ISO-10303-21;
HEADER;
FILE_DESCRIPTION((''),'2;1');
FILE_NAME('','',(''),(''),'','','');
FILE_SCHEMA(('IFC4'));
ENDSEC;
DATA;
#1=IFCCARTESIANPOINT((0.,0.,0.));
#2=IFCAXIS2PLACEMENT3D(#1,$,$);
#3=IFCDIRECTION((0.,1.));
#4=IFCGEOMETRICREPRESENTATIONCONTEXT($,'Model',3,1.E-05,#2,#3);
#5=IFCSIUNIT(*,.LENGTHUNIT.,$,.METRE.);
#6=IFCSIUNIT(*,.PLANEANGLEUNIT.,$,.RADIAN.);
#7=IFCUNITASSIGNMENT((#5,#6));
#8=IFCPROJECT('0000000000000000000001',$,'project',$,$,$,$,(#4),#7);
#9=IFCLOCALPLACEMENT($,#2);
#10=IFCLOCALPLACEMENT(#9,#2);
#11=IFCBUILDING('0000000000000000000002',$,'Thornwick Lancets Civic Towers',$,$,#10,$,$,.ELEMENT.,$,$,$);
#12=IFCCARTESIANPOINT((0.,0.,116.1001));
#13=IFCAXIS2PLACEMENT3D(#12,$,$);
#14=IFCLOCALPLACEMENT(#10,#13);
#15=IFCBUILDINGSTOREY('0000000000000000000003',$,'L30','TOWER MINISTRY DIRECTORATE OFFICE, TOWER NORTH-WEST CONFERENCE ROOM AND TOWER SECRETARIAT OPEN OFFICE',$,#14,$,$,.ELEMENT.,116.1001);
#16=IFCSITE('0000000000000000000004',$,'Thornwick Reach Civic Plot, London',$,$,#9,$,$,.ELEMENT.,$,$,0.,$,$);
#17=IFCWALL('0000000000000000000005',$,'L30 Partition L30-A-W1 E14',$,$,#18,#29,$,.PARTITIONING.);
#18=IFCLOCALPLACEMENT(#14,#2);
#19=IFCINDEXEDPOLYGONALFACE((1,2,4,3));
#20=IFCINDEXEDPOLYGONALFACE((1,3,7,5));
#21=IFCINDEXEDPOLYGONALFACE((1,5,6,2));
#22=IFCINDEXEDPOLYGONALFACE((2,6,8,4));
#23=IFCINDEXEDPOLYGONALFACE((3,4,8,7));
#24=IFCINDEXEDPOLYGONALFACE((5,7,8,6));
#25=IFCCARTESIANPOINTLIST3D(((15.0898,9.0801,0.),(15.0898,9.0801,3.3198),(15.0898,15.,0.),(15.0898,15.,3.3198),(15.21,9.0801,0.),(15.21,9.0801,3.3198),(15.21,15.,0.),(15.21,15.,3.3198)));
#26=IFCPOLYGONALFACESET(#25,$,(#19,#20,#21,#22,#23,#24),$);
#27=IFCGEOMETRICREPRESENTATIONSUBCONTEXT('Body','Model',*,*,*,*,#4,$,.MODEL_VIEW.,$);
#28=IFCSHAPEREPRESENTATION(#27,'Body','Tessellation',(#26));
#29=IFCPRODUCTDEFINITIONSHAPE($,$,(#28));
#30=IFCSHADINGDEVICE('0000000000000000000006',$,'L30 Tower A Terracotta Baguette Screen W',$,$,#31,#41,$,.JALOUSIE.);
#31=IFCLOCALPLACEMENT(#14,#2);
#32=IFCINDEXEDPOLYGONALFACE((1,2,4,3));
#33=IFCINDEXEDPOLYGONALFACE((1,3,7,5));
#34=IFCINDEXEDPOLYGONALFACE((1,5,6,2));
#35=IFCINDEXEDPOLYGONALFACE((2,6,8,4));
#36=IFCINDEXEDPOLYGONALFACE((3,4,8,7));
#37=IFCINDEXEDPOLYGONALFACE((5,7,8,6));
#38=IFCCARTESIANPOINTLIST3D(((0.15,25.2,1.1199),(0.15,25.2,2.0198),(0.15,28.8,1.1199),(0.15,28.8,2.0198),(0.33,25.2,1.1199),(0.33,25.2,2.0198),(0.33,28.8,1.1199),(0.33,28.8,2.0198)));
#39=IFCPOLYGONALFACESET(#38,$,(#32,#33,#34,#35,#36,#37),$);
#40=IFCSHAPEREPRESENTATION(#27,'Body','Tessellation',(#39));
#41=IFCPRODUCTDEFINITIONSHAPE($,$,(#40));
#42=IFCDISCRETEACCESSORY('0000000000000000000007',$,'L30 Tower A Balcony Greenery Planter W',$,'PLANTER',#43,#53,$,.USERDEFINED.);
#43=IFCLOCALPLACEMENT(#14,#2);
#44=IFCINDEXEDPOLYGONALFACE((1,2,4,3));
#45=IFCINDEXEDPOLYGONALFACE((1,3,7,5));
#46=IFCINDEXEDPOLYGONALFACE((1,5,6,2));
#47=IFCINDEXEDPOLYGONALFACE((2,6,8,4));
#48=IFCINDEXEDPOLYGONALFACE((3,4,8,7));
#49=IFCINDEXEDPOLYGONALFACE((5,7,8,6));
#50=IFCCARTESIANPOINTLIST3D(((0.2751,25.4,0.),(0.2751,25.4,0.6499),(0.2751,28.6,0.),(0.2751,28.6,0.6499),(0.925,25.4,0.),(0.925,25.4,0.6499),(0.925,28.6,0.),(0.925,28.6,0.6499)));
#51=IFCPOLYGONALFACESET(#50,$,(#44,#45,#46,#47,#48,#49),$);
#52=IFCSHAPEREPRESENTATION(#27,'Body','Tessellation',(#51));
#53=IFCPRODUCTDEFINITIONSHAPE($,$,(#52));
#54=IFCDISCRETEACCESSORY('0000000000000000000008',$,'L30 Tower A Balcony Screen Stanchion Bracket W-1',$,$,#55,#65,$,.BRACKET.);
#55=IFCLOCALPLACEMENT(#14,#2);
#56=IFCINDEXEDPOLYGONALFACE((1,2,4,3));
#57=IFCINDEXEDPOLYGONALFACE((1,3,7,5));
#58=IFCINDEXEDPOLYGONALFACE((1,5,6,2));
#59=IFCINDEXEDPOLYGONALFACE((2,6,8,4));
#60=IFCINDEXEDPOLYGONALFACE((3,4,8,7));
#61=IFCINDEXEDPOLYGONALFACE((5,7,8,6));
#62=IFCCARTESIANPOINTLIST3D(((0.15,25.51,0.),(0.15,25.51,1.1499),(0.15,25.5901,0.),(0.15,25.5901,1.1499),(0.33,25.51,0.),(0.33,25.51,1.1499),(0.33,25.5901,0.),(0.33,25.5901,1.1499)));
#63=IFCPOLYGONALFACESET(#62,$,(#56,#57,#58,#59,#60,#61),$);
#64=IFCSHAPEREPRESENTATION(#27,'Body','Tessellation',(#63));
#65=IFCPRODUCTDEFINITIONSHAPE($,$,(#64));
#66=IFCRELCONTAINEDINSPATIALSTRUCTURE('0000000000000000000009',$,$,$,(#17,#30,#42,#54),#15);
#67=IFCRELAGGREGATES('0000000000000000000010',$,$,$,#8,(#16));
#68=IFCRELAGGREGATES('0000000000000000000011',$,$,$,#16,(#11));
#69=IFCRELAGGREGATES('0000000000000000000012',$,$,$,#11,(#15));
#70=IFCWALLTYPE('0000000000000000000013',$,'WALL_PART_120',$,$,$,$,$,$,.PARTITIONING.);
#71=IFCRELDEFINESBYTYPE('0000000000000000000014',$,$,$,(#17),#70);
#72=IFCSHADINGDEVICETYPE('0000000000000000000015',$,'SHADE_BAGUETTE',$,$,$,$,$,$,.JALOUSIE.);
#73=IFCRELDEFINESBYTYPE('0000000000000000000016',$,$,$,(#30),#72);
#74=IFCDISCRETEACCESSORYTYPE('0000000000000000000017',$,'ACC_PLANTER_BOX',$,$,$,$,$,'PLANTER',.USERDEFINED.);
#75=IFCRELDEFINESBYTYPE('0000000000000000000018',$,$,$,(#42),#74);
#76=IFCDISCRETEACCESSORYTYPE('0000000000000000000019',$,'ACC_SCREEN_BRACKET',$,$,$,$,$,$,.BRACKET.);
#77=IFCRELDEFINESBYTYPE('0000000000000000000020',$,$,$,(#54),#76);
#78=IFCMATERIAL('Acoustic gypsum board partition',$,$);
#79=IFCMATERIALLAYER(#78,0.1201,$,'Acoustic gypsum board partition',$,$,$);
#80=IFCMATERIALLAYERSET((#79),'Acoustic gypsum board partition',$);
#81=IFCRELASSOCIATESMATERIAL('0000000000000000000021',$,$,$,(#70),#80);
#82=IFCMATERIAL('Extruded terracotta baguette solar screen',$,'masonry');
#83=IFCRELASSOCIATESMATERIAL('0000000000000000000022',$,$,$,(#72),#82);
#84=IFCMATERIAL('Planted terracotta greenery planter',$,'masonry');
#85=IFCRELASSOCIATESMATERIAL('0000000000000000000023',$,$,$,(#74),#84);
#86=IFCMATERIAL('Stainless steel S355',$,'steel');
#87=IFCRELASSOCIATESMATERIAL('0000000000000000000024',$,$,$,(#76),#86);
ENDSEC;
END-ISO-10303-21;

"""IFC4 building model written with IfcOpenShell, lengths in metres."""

from ifc_helpers import new_model, si_unit, direction, frame, frame_2d, origin, origin_2d, place, context, subcontext, project, spatial, rectangle, extrude, material, layer, layer_set, type_object, element, save


model = new_model("IFC4")

# Units and contexts
model_context = context("Model", 3, precision=1e-05, world=origin(), true_north=direction((0.0, 1.0)))
body_context = subcontext(model_context, "Body", "Model", "MODEL_VIEW")
ifc_project = project(units=[si_unit("LENGTHUNIT", "METRE"), si_unit("PLANEANGLEUNIT", "RADIAN")], contexts=[model_context])

# Site, building, storey
site_placement = place(None, origin())
site = spatial("IfcSite", under=ifc_project, at=site_placement, Name="Thornwick Reach Civic Plot, London", CompositionType="ELEMENT", RefElevation=0.0)
building_placement = place(site_placement, origin())
building = spatial("IfcBuilding", under=site, at=building_placement, Name="Thornwick Lancets Civic Towers", CompositionType="ELEMENT")
storey_placement = place(building_placement, frame((0.0, 0.0, 116.1001)))
storey = spatial("IfcBuildingStorey", under=building, at=storey_placement, Name="L30", Description="TOWER MINISTRY DIRECTORATE OFFICE, TOWER NORTH-WEST CONFERENCE ROOM AND TOWER SECRETARIAT OPEN OFFICE", CompositionType="ELEMENT", Elevation=116.1001)

# Wall
ifc_material_1 = material(Name="Acoustic gypsum board partition")
ifc_layer_1 = layer(ifc_material_1, 0.1201, Name="Acoustic gypsum board partition")
ifc_layer_set_1 = layer_set([ifc_layer_1], Name="Acoustic gypsum board partition")
wall_type_1 = type_object("IfcWallType", Name="WALL_PART_120", PredefinedType="PARTITIONING", material=ifc_layer_set_1)
wall_1_placement = place(storey_placement, frame((15.1499, 15.0, 0.0), z_axis=(0.0, 0.0, 1.0), x_axis=(0.0, -1.0, 0.0)))
element("IfcWall", 1, at=wall_1_placement, inside=storey, type_object=wall_type_1, Name="L30 Partition L30-A-W1 E14", PredefinedType="PARTITIONING", context=body_context, shape_type="SweptSolid", body=[
    extrude(rectangle(XDim=5.9199, YDim=0.1201, at=frame_2d((2.96, 0.0))), origin(), (0.0, 0.0, 1.0), 3.3198),
])

# Shading device
ifc_material_2 = material(Name="Extruded terracotta baguette solar screen", Category="masonry")
shading_device_type = type_object("IfcShadingDeviceType", Name="SHADE_BAGUETTE", PredefinedType="JALOUSIE", material=ifc_material_2)
shading_device_placement = place(storey_placement, frame((0.24, 27.0, 1.1199), z_axis=(0.0, 0.0, 1.0), x_axis=(0.0, 1.0, 0.0)))
element("IfcShadingDevice", 2, at=shading_device_placement, inside=storey, type_object=shading_device_type, Name="L30 Tower A Terracotta Baguette Screen W", PredefinedType="JALOUSIE", context=body_context, shape_type="SweptSolid", body=[
    extrude(rectangle(XDim=3.6001, YDim=0.1799, at=origin_2d()), origin(), (0.0, 0.0, 1.0), 0.8999),
])

# Discrete accessories
ifc_material_3 = material(Name="Planted terracotta greenery planter", Category="masonry")
discrete_accessory_type_1 = type_object("IfcDiscreteAccessoryType", Name="ACC_PLANTER_BOX", ElementType="PLANTER", PredefinedType="USERDEFINED", material=ifc_material_3)
discrete_accessory_1_placement = place(storey_placement, frame((0.6001, 27.0, 0.0), z_axis=(0.0, 0.0, 1.0), x_axis=(1.0, 0.0, 0.0)))
element("IfcDiscreteAccessory", 3, at=discrete_accessory_1_placement, inside=storey, type_object=discrete_accessory_type_1, Name="L30 Tower A Balcony Greenery Planter W", ObjectType="PLANTER", PredefinedType="USERDEFINED", context=body_context, shape_type="SweptSolid", body=[
    extrude(rectangle(XDim=0.6499, YDim=3.2, at=origin_2d()), origin(), (0.0, 0.0, 1.0), 0.6499),
])
ifc_material_4 = material(Name="Stainless steel S355", Category="steel")
discrete_accessory_type_2 = type_object("IfcDiscreteAccessoryType", Name="ACC_SCREEN_BRACKET", PredefinedType="BRACKET", material=ifc_material_4)
discrete_accessory_2_placement = place(storey_placement, frame((0.24, 25.55, 0.0), z_axis=(0.0, 0.0, 1.0), x_axis=(0.0, 1.0, 0.0)))
element("IfcDiscreteAccessory", 4, at=discrete_accessory_2_placement, inside=storey, type_object=discrete_accessory_type_2, Name="L30 Tower A Balcony Screen Stanchion Bracket W-1", PredefinedType="BRACKET", context=body_context, shape_type="SweptSolid", body=[
    extrude(rectangle(XDim=0.0801, YDim=0.1799, at=origin_2d()), origin(), (0.0, 0.0, 1.0), 1.1499),
])

save(model, "model.ifc")
